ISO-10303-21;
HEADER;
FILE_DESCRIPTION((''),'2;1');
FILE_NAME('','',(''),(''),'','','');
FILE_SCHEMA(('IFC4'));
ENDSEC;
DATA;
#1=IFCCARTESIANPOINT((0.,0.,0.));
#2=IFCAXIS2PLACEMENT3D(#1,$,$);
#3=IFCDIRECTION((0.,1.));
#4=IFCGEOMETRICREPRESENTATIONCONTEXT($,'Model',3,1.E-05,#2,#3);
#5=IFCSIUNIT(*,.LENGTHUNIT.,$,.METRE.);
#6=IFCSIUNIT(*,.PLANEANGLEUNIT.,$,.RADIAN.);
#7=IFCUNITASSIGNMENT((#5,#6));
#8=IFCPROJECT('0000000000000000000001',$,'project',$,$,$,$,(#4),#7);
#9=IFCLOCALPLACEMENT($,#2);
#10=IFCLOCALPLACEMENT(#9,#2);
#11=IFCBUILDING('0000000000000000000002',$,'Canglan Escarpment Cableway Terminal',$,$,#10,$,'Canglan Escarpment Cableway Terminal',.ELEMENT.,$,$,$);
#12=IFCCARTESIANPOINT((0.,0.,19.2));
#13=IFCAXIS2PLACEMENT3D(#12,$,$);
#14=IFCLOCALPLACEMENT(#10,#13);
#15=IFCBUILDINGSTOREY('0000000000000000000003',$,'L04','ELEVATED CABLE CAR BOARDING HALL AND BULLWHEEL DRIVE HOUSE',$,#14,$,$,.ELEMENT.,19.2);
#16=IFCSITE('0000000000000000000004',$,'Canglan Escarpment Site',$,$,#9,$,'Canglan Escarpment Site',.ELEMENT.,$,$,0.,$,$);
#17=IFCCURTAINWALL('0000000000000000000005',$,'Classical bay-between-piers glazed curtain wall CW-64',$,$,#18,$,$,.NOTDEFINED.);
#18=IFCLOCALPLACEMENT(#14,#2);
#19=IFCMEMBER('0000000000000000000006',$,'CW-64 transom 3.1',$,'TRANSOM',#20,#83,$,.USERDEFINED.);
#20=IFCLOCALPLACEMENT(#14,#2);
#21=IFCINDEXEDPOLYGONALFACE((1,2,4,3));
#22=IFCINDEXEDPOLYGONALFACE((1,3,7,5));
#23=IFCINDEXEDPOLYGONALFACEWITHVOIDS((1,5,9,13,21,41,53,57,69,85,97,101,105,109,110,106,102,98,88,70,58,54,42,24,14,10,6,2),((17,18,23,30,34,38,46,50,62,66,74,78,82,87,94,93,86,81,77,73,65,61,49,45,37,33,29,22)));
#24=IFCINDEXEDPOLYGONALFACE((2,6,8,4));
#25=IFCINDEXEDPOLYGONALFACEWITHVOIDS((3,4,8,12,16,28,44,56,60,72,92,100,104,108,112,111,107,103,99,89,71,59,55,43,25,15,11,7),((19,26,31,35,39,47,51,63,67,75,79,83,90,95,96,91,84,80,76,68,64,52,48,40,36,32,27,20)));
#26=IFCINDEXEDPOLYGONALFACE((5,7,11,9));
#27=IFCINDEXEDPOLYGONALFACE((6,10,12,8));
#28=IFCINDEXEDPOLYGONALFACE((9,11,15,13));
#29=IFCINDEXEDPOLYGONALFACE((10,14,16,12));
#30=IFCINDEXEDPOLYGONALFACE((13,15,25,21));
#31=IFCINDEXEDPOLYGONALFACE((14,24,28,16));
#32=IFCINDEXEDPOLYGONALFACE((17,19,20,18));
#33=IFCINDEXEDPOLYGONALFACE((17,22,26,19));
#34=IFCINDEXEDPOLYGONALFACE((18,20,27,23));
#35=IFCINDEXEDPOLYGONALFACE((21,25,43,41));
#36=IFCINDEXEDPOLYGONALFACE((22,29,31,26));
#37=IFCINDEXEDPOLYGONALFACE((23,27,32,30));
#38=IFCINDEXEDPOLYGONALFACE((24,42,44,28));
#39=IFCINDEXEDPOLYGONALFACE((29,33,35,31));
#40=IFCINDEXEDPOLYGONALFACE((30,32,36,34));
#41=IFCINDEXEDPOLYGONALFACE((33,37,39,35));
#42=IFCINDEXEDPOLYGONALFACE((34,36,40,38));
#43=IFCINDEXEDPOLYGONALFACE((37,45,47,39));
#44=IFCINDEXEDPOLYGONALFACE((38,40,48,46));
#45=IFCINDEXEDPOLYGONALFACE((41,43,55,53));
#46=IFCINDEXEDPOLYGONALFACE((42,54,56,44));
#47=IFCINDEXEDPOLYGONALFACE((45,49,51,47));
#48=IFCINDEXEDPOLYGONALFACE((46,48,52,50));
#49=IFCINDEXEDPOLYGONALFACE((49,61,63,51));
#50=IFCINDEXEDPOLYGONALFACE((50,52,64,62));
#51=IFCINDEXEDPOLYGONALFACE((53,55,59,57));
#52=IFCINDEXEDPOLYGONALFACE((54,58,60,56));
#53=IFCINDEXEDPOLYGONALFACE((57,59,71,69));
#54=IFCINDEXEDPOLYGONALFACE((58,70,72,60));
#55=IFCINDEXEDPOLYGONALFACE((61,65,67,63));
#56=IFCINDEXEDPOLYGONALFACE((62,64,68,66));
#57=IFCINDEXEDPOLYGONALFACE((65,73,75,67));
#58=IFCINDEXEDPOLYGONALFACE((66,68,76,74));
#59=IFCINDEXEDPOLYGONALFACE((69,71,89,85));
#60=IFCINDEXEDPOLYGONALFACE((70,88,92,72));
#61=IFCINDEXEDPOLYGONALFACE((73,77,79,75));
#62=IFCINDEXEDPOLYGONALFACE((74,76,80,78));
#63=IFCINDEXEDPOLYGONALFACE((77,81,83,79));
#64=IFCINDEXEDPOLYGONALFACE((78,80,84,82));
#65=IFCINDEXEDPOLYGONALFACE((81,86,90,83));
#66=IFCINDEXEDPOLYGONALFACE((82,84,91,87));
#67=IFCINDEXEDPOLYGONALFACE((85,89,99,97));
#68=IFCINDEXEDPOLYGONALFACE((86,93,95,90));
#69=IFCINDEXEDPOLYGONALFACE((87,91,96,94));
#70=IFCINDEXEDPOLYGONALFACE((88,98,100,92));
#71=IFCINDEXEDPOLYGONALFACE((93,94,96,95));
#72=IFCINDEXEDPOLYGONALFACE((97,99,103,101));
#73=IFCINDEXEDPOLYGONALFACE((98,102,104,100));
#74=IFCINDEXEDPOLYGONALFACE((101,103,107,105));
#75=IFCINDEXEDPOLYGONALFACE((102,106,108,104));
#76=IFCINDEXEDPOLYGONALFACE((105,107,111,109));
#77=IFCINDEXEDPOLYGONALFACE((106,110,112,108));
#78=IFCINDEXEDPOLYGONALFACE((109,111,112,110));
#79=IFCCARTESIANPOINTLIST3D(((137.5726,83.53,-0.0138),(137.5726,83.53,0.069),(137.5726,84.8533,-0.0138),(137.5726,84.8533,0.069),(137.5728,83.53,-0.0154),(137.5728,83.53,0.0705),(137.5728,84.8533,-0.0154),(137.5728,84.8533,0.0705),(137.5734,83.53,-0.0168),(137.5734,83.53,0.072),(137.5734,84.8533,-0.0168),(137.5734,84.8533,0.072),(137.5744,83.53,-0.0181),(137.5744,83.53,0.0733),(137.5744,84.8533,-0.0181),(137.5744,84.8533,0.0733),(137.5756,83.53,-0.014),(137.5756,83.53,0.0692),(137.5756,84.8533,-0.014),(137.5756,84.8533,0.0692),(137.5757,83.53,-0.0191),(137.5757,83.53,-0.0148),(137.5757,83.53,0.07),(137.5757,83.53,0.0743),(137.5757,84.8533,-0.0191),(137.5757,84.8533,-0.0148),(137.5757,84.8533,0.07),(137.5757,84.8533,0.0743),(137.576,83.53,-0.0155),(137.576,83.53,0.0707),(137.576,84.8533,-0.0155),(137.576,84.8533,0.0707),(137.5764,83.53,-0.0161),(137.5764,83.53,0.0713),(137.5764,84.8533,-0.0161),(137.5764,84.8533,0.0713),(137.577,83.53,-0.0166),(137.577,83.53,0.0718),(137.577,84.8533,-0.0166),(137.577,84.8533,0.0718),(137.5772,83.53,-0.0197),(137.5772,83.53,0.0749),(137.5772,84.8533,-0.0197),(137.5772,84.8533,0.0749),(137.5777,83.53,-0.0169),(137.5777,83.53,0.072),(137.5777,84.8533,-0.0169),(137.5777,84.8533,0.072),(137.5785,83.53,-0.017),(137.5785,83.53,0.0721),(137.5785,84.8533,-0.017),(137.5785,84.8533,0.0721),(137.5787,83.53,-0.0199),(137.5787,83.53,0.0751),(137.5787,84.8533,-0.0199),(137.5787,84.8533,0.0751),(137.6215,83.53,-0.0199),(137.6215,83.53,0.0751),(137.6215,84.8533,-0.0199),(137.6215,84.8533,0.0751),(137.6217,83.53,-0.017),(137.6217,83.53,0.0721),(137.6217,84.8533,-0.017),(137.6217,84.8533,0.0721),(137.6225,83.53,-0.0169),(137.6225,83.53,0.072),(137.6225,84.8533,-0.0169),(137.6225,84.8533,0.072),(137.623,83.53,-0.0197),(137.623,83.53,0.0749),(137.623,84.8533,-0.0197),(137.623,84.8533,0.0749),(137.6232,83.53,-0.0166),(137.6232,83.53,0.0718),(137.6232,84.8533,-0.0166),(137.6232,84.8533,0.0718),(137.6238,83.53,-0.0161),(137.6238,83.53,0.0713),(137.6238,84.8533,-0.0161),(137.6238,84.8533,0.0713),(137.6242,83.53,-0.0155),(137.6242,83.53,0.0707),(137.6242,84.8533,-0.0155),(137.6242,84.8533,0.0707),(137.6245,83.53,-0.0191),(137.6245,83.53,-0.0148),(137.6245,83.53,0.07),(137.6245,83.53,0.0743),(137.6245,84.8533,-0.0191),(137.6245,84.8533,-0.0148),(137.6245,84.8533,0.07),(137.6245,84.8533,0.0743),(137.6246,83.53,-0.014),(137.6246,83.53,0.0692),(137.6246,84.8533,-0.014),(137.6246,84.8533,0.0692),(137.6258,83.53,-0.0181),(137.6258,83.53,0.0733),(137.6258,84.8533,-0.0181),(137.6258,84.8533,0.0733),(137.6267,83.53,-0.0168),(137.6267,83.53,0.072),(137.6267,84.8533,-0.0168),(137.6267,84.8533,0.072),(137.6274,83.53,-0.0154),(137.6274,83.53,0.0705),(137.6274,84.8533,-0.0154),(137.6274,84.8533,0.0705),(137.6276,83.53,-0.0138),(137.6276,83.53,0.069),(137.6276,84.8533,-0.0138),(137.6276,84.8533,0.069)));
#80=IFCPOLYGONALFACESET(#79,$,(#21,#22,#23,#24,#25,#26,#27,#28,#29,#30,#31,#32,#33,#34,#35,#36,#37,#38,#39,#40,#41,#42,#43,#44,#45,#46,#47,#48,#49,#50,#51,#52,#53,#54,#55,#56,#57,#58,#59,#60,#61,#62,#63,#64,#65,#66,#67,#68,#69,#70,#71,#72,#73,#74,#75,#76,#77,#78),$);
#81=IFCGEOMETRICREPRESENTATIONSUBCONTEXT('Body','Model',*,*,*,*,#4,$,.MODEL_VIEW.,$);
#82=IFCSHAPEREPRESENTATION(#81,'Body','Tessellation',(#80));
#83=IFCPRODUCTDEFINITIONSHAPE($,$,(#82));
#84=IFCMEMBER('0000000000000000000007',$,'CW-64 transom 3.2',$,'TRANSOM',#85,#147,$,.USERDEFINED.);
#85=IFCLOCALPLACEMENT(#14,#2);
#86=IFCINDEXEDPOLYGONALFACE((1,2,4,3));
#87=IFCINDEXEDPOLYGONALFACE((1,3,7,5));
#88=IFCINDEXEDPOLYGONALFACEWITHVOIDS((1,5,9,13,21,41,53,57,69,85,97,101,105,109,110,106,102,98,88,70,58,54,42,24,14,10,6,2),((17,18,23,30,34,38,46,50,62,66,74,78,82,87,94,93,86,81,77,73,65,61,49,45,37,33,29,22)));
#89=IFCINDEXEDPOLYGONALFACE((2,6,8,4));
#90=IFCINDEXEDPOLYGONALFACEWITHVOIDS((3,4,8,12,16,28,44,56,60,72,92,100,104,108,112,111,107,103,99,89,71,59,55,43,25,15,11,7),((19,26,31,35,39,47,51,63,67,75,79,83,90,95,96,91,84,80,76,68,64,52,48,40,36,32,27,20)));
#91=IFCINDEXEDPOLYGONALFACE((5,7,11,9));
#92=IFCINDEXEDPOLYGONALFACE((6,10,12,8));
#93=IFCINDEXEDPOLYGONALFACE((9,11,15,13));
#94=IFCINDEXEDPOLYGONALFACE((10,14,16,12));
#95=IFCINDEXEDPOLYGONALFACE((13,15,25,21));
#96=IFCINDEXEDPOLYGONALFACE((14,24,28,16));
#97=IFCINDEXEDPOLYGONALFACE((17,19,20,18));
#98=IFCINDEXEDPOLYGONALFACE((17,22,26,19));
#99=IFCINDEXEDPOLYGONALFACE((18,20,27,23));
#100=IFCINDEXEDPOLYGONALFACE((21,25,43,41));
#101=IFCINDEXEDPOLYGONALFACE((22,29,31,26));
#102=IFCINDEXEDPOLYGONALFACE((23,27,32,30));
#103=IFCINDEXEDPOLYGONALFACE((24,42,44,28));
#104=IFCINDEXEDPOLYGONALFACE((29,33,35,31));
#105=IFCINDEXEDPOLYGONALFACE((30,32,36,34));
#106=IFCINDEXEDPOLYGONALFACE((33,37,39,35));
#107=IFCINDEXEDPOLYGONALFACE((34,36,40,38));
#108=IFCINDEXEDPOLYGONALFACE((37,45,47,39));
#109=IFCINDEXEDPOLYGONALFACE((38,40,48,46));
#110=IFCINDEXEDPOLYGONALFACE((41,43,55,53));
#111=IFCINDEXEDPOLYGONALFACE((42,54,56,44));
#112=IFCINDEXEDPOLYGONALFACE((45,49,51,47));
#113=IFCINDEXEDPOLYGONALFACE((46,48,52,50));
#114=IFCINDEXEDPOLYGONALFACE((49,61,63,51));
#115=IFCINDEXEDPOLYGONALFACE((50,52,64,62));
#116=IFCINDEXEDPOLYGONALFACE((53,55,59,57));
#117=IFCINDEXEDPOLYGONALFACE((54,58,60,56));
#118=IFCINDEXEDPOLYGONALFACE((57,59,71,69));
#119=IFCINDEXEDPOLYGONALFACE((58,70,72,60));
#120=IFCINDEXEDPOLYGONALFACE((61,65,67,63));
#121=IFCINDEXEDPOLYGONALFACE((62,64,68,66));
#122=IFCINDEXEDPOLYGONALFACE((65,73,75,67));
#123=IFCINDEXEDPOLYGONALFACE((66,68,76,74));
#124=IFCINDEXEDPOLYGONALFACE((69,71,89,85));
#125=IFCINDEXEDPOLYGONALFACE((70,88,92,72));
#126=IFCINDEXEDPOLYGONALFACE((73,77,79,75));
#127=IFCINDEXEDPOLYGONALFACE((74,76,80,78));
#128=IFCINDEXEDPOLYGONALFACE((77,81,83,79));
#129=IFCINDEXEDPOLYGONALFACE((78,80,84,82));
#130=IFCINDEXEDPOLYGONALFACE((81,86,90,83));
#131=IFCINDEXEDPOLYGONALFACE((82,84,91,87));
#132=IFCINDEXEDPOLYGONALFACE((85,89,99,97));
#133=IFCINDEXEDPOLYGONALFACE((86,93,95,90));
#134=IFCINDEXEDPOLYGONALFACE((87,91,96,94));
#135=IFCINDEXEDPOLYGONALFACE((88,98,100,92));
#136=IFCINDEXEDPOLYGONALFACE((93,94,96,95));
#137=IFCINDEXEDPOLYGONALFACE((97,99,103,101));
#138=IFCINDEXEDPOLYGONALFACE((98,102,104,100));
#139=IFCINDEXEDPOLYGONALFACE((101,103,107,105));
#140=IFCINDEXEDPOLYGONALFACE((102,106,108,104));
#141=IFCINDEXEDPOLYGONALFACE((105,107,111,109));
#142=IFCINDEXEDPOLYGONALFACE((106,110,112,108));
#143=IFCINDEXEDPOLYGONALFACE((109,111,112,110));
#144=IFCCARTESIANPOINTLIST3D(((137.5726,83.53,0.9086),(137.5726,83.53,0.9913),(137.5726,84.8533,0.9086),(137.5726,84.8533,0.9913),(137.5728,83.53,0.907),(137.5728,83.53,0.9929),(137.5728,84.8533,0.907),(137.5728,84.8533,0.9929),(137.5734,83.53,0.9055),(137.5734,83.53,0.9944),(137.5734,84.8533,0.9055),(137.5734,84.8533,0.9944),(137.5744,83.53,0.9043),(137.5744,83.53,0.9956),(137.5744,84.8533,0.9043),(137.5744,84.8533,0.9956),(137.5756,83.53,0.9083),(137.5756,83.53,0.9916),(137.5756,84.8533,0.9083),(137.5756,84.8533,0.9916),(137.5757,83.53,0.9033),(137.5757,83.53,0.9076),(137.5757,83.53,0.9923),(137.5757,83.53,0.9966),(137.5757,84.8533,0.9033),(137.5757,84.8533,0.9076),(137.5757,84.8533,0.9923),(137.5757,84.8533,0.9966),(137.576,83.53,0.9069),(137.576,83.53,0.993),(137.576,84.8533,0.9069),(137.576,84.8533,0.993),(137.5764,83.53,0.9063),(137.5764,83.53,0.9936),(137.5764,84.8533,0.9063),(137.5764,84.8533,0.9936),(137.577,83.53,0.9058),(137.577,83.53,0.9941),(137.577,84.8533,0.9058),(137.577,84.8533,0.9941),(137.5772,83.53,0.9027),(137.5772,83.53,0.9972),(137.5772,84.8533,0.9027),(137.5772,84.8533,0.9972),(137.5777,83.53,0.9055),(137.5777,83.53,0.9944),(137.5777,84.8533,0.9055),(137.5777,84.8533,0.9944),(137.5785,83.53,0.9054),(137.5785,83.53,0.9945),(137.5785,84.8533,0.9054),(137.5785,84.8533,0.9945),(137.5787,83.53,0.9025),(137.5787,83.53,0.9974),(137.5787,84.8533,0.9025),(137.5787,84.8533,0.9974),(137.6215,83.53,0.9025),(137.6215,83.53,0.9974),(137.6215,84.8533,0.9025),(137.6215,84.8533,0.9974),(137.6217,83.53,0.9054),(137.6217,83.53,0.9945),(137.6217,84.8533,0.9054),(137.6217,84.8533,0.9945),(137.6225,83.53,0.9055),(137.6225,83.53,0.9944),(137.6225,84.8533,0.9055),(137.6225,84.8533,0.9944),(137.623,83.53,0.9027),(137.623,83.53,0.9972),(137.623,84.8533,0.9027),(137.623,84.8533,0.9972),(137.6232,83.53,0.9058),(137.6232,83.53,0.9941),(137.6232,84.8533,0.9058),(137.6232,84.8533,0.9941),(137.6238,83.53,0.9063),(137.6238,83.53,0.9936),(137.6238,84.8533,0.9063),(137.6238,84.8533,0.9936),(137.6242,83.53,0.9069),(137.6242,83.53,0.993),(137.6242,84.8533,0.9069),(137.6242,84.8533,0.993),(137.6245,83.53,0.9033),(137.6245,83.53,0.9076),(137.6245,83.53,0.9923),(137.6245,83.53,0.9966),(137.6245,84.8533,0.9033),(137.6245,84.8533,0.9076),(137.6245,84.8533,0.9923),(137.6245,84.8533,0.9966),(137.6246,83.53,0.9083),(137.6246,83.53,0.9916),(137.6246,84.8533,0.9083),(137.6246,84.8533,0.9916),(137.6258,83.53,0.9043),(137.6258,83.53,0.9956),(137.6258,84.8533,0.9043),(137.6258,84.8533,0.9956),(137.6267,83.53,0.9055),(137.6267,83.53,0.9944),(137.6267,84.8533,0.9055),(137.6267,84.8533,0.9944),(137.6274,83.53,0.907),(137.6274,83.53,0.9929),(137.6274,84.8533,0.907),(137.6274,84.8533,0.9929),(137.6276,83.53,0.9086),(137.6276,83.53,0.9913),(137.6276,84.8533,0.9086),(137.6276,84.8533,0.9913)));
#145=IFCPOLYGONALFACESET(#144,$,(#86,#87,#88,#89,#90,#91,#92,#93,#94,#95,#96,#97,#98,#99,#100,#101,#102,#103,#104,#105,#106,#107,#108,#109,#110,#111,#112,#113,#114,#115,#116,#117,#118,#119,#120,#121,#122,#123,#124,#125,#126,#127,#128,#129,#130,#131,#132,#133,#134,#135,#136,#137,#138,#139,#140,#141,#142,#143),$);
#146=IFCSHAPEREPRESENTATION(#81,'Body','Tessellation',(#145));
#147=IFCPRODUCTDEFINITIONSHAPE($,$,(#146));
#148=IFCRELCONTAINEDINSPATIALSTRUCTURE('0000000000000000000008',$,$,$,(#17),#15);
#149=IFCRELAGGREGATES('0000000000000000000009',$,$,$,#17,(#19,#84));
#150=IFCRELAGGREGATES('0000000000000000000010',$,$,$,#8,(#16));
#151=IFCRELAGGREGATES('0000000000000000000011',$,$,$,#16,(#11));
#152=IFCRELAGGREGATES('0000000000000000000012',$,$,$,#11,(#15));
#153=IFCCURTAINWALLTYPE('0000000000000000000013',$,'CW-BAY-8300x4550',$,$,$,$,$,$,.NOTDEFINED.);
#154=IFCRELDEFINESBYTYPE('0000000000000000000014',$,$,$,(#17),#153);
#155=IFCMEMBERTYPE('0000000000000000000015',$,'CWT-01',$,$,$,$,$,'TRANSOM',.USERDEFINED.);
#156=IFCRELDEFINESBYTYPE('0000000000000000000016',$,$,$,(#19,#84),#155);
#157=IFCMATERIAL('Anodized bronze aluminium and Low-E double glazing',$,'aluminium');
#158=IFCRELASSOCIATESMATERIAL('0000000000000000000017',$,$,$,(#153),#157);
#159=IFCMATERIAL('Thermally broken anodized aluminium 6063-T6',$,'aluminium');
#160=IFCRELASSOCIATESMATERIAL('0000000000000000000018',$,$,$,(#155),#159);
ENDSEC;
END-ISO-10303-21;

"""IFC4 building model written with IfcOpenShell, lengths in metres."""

from ifc_helpers import new_model, si_unit, direction, frame, origin, origin_2d, place, context, subcontext, project, spatial, hollow_rectangle, extrude, material, material_profile, profile_set, type_object, element, aggregate, save


model = new_model("IFC4")

# Units and contexts
model_context = context("Model", 3, precision=1e-05, world=origin(), true_north=direction((0.0, 1.0)))
body_context = subcontext(model_context, "Body", "Model", "MODEL_VIEW")
ifc_project = project(units=[si_unit("LENGTHUNIT", "METRE"), si_unit("PLANEANGLEUNIT", "RADIAN")], contexts=[model_context])

# Site, building, storey
site_placement = place(None, origin())
site = spatial("IfcSite", under=ifc_project, at=site_placement, Name="Canglan Escarpment Site", LongName="Canglan Escarpment Site", CompositionType="ELEMENT", RefElevation=0.0)
building_placement = place(site_placement, origin())
building = spatial("IfcBuilding", under=site, at=building_placement, Name="Canglan Escarpment Cableway Terminal", LongName="Canglan Escarpment Cableway Terminal", CompositionType="ELEMENT")
storey_placement = place(building_placement, frame((0.0, 0.0, 19.2)))
storey = spatial("IfcBuildingStorey", under=building, at=storey_placement, Name="L04", Description="ELEVATED CABLE CAR BOARDING HALL AND BULLWHEEL DRIVE HOUSE", CompositionType="ELEMENT", Elevation=19.2)

# Curtain wall, members
ifc_material_1 = material(Name="Anodized bronze aluminium and Low-E double glazing", Category="aluminium")
curtain_wall_type = type_object("IfcCurtainWallType", Name="CW-BAY-8300x4550", PredefinedType="NOTDEFINED", material=ifc_material_1)
curtain_wall_placement = place(storey_placement, origin())
curtain_wall = element("IfcCurtainWall", 1, at=curtain_wall_placement, inside=storey, type_object=curtain_wall_type, Name="Classical bay-between-piers glazed curtain wall CW-64", PredefinedType="NOTDEFINED")
ifc_material_2 = material(Name="Thermally broken anodized aluminium 6063-T6", Category="aluminium")
ifc_material_profile_1 = material_profile(ifc_material_2, hollow_rectangle(XDim=0.0549, YDim=0.095, WallThickness=0.0029, InnerFilletRadius=0.0029, OuterFilletRadius=0.0061, at=origin_2d()), Name="ALU-TRAN 55x95x3")
ifc_profile_set_1 = profile_set([ifc_material_profile_1], Name="Thermally broken anodized aluminium 6063-T6")
member_type_1 = type_object("IfcMemberType", Name="CWT-01", ElementType="TRANSOM", PredefinedType="USERDEFINED", material=ifc_profile_set_1)
member_1_placement = place(storey_placement, frame((137.6001, 84.8533, 0.0276), z_axis=(0.0, -1.0, 0.0), x_axis=(1.0, 0.0, 0.0)))
member_1 = element("IfcMember", 2, at=member_1_placement, type_object=member_type_1, Name="CW-64 transom 3.1", ObjectType="TRANSOM", PredefinedType="USERDEFINED", context=body_context, shape_type="SweptSolid", body=[
    extrude(hollow_rectangle(XDim=0.0549, YDim=0.095, WallThickness=0.0029, InnerFilletRadius=0.0029, OuterFilletRadius=0.0061, at=origin_2d()), origin(), (0.0, 0.0, 1.0), 1.3232),
])
member_2_placement = place(storey_placement, frame((137.6001, 84.8533, 0.95), z_axis=(0.0, -1.0, 0.0), x_axis=(1.0, 0.0, 0.0)))
member_2 = element("IfcMember", 3, at=member_2_placement, type_object=member_type_1, Name="CW-64 transom 3.2", ObjectType="TRANSOM", PredefinedType="USERDEFINED", context=body_context, shape_type="SweptSolid", body=[
    extrude(hollow_rectangle(XDim=0.0549, YDim=0.095, WallThickness=0.0029, InnerFilletRadius=0.0029, OuterFilletRadius=0.0061, at=origin_2d()), origin(), (0.0, 0.0, 1.0), 1.3232),
])
aggregate(curtain_wall, [member_1, member_2])

save(model, "model.ifc")
